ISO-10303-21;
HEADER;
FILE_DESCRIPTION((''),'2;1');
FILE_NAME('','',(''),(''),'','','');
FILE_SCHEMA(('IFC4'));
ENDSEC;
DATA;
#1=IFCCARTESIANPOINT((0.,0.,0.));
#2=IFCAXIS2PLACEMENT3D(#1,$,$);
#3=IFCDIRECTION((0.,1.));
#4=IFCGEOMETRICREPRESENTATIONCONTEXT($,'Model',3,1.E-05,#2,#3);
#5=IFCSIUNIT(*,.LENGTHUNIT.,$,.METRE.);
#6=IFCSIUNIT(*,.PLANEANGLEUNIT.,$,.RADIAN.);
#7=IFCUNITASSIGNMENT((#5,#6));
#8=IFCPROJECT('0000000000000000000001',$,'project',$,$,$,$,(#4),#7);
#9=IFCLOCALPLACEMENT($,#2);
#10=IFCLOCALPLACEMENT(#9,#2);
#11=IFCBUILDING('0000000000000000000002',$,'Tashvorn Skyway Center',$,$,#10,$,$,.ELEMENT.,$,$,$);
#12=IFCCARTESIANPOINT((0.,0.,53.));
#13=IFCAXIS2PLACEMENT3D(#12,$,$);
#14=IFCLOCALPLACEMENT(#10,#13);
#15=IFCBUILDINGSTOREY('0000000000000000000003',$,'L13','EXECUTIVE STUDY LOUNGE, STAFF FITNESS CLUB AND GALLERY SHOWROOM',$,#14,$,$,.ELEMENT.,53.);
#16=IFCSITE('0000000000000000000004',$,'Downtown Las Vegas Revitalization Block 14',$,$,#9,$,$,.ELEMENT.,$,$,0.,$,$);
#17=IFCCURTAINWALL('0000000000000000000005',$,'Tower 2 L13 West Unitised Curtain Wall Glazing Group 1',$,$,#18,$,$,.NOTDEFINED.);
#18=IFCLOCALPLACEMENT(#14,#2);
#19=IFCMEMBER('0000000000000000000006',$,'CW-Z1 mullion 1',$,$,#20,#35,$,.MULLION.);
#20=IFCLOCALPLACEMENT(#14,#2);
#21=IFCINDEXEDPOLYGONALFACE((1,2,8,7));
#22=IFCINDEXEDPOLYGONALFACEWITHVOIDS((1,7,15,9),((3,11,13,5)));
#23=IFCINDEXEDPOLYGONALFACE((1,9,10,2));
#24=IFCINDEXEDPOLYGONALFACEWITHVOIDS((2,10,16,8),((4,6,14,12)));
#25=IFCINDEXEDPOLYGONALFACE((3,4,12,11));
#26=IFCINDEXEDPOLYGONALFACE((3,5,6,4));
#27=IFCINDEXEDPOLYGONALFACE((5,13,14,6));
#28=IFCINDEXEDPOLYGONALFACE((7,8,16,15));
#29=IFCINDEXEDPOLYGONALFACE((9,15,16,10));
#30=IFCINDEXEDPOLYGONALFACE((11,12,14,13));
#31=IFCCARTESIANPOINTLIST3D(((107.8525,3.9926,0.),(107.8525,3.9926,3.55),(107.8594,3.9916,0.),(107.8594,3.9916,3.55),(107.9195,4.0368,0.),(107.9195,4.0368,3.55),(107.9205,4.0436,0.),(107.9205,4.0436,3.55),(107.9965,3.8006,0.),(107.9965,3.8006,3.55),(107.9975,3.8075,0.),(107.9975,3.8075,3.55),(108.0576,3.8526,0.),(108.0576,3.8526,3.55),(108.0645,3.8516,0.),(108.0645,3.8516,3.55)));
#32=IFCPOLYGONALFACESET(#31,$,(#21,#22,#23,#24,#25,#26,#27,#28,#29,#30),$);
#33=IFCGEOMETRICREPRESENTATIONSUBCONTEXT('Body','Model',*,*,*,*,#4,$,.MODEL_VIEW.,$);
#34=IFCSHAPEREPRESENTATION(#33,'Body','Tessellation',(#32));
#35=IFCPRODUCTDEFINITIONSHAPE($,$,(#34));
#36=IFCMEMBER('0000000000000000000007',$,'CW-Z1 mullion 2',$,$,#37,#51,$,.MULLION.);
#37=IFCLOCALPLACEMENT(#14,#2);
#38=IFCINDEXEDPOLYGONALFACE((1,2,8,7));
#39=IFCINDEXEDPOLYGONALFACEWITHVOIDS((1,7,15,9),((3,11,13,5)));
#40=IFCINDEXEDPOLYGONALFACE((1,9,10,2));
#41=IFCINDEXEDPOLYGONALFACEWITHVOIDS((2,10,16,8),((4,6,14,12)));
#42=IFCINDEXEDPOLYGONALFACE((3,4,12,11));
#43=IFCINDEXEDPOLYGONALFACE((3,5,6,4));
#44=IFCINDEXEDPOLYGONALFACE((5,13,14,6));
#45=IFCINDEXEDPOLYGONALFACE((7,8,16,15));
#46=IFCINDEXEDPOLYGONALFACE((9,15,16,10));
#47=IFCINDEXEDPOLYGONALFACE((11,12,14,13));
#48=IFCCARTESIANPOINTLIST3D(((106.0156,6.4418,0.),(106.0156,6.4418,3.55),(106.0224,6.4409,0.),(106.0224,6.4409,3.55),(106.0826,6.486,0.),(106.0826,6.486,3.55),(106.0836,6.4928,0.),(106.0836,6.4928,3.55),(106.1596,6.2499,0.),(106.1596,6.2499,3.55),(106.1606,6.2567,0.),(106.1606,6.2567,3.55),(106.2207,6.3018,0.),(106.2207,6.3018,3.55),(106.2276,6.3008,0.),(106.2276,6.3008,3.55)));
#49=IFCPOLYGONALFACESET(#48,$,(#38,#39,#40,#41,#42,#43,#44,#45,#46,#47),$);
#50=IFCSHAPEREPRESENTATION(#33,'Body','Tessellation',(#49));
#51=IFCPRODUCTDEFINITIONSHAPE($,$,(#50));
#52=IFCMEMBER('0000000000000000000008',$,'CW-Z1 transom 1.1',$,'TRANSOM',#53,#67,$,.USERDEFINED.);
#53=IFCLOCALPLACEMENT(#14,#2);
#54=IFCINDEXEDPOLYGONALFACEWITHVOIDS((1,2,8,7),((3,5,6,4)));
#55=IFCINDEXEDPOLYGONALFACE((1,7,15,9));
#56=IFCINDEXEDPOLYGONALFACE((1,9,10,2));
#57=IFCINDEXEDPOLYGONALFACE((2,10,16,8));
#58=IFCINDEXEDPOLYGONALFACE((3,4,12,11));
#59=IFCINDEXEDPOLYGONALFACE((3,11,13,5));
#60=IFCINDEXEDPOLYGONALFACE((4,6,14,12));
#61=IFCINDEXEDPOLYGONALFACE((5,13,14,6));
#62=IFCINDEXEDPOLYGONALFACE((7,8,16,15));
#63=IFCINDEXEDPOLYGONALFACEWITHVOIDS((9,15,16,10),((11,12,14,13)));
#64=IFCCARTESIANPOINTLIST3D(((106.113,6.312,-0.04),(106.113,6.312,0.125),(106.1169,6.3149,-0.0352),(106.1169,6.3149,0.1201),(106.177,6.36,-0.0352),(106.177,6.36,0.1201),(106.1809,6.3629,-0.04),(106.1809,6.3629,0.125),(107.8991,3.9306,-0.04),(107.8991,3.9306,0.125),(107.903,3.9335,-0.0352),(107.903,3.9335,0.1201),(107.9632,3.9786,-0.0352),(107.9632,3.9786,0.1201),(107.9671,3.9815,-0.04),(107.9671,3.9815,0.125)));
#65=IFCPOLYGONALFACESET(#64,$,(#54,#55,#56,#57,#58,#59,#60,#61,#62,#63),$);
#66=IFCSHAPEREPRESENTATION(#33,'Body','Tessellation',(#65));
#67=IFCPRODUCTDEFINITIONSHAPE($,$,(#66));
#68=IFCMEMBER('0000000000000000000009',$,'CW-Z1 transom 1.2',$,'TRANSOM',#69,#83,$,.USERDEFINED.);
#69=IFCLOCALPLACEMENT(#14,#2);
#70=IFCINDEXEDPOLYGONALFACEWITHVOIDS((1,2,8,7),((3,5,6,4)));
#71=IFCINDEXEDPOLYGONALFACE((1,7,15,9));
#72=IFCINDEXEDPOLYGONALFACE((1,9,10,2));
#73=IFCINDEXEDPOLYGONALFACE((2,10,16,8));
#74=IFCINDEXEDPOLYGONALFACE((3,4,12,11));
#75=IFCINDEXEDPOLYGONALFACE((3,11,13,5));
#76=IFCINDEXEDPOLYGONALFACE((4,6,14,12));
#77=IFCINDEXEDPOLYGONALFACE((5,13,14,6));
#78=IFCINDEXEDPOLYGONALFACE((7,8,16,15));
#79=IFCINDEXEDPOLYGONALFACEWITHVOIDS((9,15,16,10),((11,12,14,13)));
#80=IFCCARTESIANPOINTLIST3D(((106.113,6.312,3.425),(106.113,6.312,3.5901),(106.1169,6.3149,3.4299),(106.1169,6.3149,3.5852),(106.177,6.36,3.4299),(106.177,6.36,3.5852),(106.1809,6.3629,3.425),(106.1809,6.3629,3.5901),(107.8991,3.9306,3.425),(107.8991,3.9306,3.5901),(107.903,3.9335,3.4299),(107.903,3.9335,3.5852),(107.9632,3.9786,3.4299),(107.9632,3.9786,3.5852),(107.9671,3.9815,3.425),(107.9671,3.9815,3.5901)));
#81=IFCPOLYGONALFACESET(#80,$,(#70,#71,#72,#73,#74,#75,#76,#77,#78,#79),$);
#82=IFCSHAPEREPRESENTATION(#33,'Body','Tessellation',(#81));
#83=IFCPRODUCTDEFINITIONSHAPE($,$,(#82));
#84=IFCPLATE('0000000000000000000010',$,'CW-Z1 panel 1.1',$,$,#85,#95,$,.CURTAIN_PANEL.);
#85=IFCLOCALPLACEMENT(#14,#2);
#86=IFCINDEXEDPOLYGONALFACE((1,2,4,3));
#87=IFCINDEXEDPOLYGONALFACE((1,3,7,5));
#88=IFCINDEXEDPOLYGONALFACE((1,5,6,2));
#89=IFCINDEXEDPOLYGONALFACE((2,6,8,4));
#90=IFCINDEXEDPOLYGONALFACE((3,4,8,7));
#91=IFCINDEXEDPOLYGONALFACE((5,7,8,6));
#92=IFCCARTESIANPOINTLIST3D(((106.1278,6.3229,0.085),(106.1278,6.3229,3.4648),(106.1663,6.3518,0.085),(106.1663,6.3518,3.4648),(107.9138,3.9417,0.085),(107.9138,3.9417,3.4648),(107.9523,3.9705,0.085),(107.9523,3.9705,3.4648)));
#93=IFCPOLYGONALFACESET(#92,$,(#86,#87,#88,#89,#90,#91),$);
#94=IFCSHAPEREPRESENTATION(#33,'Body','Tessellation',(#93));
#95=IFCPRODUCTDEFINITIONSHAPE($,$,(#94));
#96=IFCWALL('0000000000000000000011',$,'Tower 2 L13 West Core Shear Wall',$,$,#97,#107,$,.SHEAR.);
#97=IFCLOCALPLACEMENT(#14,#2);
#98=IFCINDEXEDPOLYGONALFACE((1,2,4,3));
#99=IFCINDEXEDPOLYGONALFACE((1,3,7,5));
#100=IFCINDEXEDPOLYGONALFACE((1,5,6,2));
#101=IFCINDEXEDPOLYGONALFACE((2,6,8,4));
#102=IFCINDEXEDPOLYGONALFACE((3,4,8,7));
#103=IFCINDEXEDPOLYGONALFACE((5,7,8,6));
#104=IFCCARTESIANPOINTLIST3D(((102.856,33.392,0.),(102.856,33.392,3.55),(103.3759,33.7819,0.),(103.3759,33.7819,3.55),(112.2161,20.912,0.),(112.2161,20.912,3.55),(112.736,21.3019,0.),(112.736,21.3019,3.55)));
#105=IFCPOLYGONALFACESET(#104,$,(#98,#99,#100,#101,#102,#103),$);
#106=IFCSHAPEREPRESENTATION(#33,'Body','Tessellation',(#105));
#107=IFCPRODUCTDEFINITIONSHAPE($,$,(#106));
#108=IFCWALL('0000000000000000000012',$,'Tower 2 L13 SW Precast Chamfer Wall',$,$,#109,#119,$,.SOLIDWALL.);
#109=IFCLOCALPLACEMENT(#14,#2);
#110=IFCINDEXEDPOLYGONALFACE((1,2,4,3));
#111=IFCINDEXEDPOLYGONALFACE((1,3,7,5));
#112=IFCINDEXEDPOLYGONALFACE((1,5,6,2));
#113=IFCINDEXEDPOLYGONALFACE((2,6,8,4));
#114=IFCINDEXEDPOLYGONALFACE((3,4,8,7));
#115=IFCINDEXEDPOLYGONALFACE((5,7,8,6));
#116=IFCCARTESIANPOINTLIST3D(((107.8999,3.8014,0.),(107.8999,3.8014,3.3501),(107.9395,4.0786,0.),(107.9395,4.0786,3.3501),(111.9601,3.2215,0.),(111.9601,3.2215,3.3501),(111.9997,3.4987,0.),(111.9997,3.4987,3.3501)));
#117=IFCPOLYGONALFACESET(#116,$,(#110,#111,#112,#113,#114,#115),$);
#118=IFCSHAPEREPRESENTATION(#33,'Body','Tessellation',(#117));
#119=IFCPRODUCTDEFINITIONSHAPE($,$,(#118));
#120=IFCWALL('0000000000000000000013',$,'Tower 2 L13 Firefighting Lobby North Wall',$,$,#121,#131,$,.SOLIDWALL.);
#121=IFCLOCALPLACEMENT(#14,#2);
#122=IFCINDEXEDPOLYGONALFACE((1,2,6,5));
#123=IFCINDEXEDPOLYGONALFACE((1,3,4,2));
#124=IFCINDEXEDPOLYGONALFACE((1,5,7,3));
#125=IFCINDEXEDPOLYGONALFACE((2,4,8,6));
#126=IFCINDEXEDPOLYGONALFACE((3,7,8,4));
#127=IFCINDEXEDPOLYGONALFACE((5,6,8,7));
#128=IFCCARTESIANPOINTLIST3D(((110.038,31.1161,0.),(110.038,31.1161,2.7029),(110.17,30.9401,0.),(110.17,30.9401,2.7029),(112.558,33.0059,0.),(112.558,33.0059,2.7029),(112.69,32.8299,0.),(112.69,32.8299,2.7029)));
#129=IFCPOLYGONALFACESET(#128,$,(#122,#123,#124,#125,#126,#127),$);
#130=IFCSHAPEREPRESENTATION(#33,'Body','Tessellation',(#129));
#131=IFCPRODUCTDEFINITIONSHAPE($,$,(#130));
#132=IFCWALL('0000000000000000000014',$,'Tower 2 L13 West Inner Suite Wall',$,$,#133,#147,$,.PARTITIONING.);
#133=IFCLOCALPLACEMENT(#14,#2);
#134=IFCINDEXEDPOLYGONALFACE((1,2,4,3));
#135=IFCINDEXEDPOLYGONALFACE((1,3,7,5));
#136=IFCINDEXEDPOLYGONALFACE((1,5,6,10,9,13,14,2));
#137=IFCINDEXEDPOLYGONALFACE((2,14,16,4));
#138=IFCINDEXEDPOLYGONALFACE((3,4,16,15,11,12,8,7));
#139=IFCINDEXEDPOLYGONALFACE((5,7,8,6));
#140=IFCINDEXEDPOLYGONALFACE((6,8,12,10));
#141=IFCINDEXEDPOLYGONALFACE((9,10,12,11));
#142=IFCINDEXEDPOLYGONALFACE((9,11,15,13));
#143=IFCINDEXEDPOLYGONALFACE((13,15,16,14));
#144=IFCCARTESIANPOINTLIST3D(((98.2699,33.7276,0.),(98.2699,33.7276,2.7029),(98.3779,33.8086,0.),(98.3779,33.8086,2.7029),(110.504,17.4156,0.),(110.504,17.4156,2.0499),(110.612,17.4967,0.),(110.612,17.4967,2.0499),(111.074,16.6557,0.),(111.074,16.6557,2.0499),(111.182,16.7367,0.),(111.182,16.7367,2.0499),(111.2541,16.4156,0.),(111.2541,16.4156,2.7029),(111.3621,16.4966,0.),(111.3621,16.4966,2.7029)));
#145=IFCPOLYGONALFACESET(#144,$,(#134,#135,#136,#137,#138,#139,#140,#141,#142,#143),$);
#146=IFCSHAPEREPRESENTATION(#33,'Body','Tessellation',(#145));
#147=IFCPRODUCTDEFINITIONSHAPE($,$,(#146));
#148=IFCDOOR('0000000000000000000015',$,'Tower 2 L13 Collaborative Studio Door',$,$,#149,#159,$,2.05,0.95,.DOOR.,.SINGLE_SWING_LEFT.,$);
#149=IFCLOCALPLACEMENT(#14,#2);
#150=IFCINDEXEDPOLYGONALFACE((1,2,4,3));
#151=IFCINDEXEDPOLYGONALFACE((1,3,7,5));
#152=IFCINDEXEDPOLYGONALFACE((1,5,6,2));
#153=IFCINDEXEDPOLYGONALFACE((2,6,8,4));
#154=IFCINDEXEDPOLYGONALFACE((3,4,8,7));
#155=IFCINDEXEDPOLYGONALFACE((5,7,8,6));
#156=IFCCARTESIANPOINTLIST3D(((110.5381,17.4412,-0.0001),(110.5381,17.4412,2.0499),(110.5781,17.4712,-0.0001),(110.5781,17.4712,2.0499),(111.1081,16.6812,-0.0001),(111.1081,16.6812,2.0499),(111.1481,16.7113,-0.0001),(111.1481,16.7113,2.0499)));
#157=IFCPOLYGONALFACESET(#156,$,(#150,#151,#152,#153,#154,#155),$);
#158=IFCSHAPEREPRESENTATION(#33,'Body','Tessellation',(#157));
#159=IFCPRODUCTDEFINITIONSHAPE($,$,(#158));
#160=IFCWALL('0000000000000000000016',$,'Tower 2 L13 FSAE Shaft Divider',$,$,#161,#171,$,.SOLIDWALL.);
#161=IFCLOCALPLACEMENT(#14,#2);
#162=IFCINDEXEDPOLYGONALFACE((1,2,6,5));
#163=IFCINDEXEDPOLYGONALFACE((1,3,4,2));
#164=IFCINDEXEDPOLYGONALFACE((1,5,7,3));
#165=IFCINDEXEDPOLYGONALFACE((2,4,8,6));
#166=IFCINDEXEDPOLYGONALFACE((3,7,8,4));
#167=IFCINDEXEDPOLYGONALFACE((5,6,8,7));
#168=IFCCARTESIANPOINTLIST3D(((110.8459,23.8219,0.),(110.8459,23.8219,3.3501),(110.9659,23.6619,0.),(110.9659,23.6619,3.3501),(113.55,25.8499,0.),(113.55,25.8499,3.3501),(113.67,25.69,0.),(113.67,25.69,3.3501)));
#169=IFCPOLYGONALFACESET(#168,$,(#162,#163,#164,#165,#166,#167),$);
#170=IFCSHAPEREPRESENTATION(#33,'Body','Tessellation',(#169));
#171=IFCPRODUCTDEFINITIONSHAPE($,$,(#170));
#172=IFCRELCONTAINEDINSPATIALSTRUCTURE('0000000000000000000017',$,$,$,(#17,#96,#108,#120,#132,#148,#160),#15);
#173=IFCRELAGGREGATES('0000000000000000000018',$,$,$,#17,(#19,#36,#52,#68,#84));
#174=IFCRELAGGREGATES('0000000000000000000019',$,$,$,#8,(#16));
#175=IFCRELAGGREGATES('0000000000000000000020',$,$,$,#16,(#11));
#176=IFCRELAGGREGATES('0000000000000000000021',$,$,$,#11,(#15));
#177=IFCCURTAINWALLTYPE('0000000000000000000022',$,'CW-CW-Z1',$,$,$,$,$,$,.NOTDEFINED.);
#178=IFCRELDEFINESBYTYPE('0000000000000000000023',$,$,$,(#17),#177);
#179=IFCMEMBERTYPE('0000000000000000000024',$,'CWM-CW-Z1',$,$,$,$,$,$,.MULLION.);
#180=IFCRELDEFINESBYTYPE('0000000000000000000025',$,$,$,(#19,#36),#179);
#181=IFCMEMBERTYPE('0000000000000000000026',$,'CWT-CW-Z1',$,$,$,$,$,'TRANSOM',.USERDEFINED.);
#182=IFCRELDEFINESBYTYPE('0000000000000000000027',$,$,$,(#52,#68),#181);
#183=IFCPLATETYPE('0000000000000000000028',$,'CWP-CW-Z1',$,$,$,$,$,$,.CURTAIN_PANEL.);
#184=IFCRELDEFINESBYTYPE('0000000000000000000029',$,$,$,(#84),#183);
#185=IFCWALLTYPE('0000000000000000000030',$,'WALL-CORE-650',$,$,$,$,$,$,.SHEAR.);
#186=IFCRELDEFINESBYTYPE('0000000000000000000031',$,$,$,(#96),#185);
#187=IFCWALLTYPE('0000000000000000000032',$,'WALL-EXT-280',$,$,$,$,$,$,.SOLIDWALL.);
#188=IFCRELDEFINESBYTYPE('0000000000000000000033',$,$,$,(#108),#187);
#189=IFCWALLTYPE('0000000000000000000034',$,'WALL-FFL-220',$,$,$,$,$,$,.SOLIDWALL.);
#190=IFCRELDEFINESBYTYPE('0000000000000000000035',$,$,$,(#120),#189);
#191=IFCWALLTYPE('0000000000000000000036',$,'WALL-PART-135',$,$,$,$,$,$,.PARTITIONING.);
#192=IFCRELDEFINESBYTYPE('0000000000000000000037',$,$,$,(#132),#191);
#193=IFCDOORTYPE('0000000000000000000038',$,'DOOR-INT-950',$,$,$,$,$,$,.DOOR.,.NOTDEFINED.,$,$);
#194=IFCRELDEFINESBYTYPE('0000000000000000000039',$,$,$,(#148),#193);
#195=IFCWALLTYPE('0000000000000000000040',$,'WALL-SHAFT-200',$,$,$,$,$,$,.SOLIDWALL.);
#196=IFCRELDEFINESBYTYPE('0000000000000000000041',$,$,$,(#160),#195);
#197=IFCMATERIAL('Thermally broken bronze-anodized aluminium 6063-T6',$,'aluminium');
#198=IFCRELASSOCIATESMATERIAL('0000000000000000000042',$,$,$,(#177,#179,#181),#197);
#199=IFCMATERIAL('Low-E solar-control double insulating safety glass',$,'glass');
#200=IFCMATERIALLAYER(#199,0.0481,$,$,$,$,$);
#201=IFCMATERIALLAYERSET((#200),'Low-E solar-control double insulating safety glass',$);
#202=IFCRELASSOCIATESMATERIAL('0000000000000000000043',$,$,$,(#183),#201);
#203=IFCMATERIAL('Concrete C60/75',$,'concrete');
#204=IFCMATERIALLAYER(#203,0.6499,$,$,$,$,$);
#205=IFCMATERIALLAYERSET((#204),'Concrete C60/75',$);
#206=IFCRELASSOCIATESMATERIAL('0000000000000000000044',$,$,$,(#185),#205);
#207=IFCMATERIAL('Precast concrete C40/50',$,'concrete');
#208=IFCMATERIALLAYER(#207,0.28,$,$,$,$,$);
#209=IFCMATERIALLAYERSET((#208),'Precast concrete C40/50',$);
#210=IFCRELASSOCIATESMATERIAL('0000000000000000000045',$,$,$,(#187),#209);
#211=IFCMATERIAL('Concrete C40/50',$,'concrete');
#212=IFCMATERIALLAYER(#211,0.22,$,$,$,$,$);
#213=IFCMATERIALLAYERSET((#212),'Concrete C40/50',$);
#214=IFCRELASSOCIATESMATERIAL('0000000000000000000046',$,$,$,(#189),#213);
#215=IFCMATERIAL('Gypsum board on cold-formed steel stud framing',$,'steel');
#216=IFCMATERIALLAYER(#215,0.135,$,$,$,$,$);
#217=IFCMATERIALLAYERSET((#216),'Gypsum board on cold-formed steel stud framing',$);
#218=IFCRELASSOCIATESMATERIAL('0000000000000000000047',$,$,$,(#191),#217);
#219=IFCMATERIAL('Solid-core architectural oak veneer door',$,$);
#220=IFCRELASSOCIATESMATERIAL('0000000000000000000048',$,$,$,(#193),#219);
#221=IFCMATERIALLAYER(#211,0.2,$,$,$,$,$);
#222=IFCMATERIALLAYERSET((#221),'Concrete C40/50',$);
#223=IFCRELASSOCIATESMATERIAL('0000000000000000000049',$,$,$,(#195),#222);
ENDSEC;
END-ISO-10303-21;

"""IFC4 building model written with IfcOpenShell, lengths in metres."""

from ifc_helpers import new_model, si_unit, direction, frame, frame_2d, origin, origin_2d, place, context, subcontext, project, spatial, rectangle, hollow_rectangle, extrude, material, layer, layer_set, material_profile, profile_set, type_object, element, fill, aggregate, save


model = new_model("IFC4")

# Units and contexts
model_context = context("Model", 3, precision=1e-05, world=origin(), true_north=direction((0.0, 1.0)))
body_context = subcontext(model_context, "Body", "Model", "MODEL_VIEW")
ifc_project = project(units=[si_unit("LENGTHUNIT", "METRE"), si_unit("PLANEANGLEUNIT", "RADIAN")], contexts=[model_context])

# Site, building, storey
site_placement = place(None, origin())
site = spatial("IfcSite", under=ifc_project, at=site_placement, Name="Downtown Las Vegas Revitalization Block 14", CompositionType="ELEMENT", RefElevation=0.0)
building_placement = place(site_placement, origin())
building = spatial("IfcBuilding", under=site, at=building_placement, Name="Tashvorn Skyway Center", CompositionType="ELEMENT")
storey_placement = place(building_placement, frame((0.0, 0.0, 53.0)))
storey = spatial("IfcBuildingStorey", under=building, at=storey_placement, Name="L13", Description="EXECUTIVE STUDY LOUNGE, STAFF FITNESS CLUB AND GALLERY SHOWROOM", CompositionType="ELEMENT", Elevation=53.0)

# Shared definitions
ifc_material_1 = material(Name="Concrete C60/75", Category="concrete")

# Curtain wall, members, plate
ifc_material_2 = material(Name="Thermally broken bronze-anodized aluminium 6063-T6", Category="aluminium")
curtain_wall_type = type_object("IfcCurtainWallType", Name="CW-CW-Z1", PredefinedType="NOTDEFINED", material=ifc_material_2)
curtain_wall_placement = place(storey_placement, origin())
curtain_wall = element("IfcCurtainWall", 1, at=curtain_wall_placement, inside=storey, type_object=curtain_wall_type, Name="Tower 2 L13 West Unitised Curtain Wall Glazing Group 1", PredefinedType="NOTDEFINED")
ifc_material_profile_1 = material_profile(ifc_material_2, hollow_rectangle(XDim=0.085, YDim=0.24, WallThickness=0.0049, at=origin_2d()), Name="ALU-MULL-85x240")
ifc_profile_set_1 = profile_set([ifc_material_profile_1], Name="Thermally broken bronze-anodized aluminium 6063-T6")
member_type_1 = type_object("IfcMemberType", Name="CWM-CW-Z1", PredefinedType="MULLION", material=ifc_profile_set_1)
member_1_placement = place(storey_placement, frame((107.9585, 3.9221, 0.0), z_axis=(0.0, 0.0, 1.0), x_axis=(-0.799996, -0.600005, 0.0)))
member_1 = element("IfcMember", 2, at=member_1_placement, type_object=member_type_1, Name="CW-Z1 mullion 1", PredefinedType="MULLION", context=body_context, shape_type="SweptSolid", body=[
    extrude(hollow_rectangle(XDim=0.085, YDim=0.24, WallThickness=0.0049, at=origin_2d()), origin(), (0.0, 0.0, 1.0), 3.55),
])
member_2_placement = place(storey_placement, frame((106.1216, 6.3713, 0.0), z_axis=(0.0, 0.0, 1.0), x_axis=(-0.799996, -0.600005, 0.0)))
member_2 = element("IfcMember", 3, at=member_2_placement, type_object=member_type_1, Name="CW-Z1 mullion 2", PredefinedType="MULLION", context=body_context, shape_type="SweptSolid", body=[
    extrude(hollow_rectangle(XDim=0.085, YDim=0.24, WallThickness=0.0049, at=origin_2d()), origin(), (0.0, 0.0, 1.0), 3.55),
])
ifc_material_profile_2 = material_profile(ifc_material_2, hollow_rectangle(XDim=0.085, YDim=0.165, WallThickness=0.0049, at=origin_2d()), Name="ALU-TRAN-85x165")
ifc_profile_set_2 = profile_set([ifc_material_profile_2], Name="Thermally broken bronze-anodized aluminium 6063-T6")
member_type_2 = type_object("IfcMemberType", Name="CWT-CW-Z1", ElementType="TRANSOM", PredefinedType="USERDEFINED", material=ifc_profile_set_2)
member_3_placement = place(storey_placement, frame((107.9331, 3.9561, 0.0425), z_axis=(-0.600026, 0.79998, 0.0), x_axis=(-0.79998, -0.600026, 0.0)))
member_3 = element("IfcMember", 4, at=member_3_placement, type_object=member_type_2, Name="CW-Z1 transom 1.1", ObjectType="TRANSOM", PredefinedType="USERDEFINED", context=body_context, shape_type="SweptSolid", body=[
    extrude(hollow_rectangle(XDim=0.085, YDim=0.165, WallThickness=0.0049, at=origin_2d()), origin(), (0.0, 0.0, 1.0), 2.9768),
])
member_4_placement = place(storey_placement, frame((107.9331, 3.9561, 3.5076), z_axis=(-0.600026, 0.79998, 0.0), x_axis=(-0.79998, -0.600026, 0.0)))
member_4 = element("IfcMember", 5, at=member_4_placement, type_object=member_type_2, Name="CW-Z1 transom 1.2", ObjectType="TRANSOM", PredefinedType="USERDEFINED", context=body_context, shape_type="SweptSolid", body=[
    extrude(hollow_rectangle(XDim=0.085, YDim=0.165, WallThickness=0.0049, at=origin_2d()), origin(), (0.0, 0.0, 1.0), 2.9768),
])
ifc_material_3 = material(Name="Low-E solar-control double insulating safety glass", Category="glass")
ifc_layer_1 = layer(ifc_material_3, 0.0481)
ifc_layer_set_1 = layer_set([ifc_layer_1], Name="Low-E solar-control double insulating safety glass")
plate_type = type_object("IfcPlateType", Name="CWP-CW-Z1", PredefinedType="CURTAIN_PANEL", material=ifc_layer_set_1)
plate_placement = place(storey_placement, frame((107.04, 5.1467, 0.085), z_axis=(0.0, 0.0, 1.0), x_axis=(-0.600005, 0.799996, 0.0)))
plate = element("IfcPlate", 6, at=plate_placement, type_object=plate_type, Name="CW-Z1 panel 1.1", PredefinedType="CURTAIN_PANEL", context=body_context, shape_type="SweptSolid", body=[
    extrude(rectangle(XDim=2.9766, YDim=0.0481, at=origin_2d()), origin(), (0.0, 0.0, 1.0), 3.3799),
])
aggregate(curtain_wall, [member_1, member_2, member_3, member_4, plate])

# Walls
ifc_layer_2 = layer(ifc_material_1, 0.6499)
ifc_layer_set_2 = layer_set([ifc_layer_2], Name="Concrete C60/75")
wall_type_1 = type_object("IfcWallType", Name="WALL-CORE-650", PredefinedType="SHEAR", material=ifc_layer_set_2)
wall_1_placement = place(storey_placement, frame((112.4761, 21.1069, 0.0), z_axis=(0.0, 0.0, 1.0), x_axis=(-0.600005, 0.799996, 0.0)))
element("IfcWall", 7, at=wall_1_placement, inside=storey, type_object=wall_type_1, Name="Tower 2 L13 West Core Shear Wall", PredefinedType="SHEAR", context=body_context, shape_type="SweptSolid", body=[
    extrude(rectangle(XDim=15.6001, YDim=0.6499, at=frame_2d((7.8, 0.0))), origin(), (0.0, 0.0, 1.0), 3.55),
])
ifc_material_4 = material(Name="Precast concrete C40/50", Category="concrete")
ifc_layer_3 = layer(ifc_material_4, 0.28)
ifc_layer_set_3 = layer_set([ifc_layer_3], Name="Precast concrete C40/50")
wall_type_2 = type_object("IfcWallType", Name="WALL-EXT-280", PredefinedType="SOLIDWALL", material=ifc_layer_set_3)
wall_2_placement = place(storey_placement, frame((111.98, 3.3601, 0.0), z_axis=(0.0, 0.0, 1.0), x_axis=(-0.989955, 0.14138, 0.0)))
element("IfcWall", 8, at=wall_2_placement, inside=storey, type_object=wall_type_2, Name="Tower 2 L13 SW Precast Chamfer Wall", PredefinedType="SOLIDWALL", context=body_context, shape_type="SweptSolid", body=[
    extrude(rectangle(XDim=4.1013, YDim=0.28, at=frame_2d((2.0508, 0.0))), origin(), (0.0, 0.0, 1.0), 3.3501),
])
ifc_material_5 = material(Name="Concrete C40/50", Category="concrete")
ifc_layer_4 = layer(ifc_material_5, 0.22)
ifc_layer_set_4 = layer_set([ifc_layer_4], Name="Concrete C40/50")
wall_type_3 = type_object("IfcWallType", Name="WALL-FFL-220", PredefinedType="SOLIDWALL", material=ifc_layer_set_4)
wall_3_placement = place(storey_placement, frame((110.104, 31.0281, 0.0), z_axis=(0.0, 0.0, 1.0), x_axis=(0.800019, 0.599975, 0.0)))
element("IfcWall", 9, at=wall_3_placement, inside=storey, type_object=wall_type_3, Name="Tower 2 L13 Firefighting Lobby North Wall", PredefinedType="SOLIDWALL", context=body_context, shape_type="SweptSolid", body=[
    extrude(rectangle(XDim=3.1499, YDim=0.22, at=frame_2d((1.575, 0.0))), origin(), (0.0, 0.0, 1.0), 2.7029),
])

# Wall, opening, door
ifc_material_6 = material(Name="Gypsum board on cold-formed steel stud framing", Category="steel")
ifc_layer_5 = layer(ifc_material_6, 0.135)
ifc_layer_set_5 = layer_set([ifc_layer_5], Name="Gypsum board on cold-formed steel stud framing")
wall_type_4 = type_object("IfcWallType", Name="WALL-PART-135", PredefinedType="PARTITIONING", material=ifc_layer_set_5)
wall_4_placement = place(storey_placement, frame((111.3081, 16.4561, 0.0), z_axis=(0.0, 0.0, 1.0), x_axis=(-0.600004, 0.799997, 0.0)))
wall_4 = element("IfcWall", 10, at=wall_4_placement, inside=storey, type_object=wall_type_4, Name="Tower 2 L13 West Inner Suite Wall", PredefinedType="PARTITIONING", context=body_context, shape_type="SweptSolid", body=[
    extrude(rectangle(XDim=21.6401, YDim=0.135, at=frame_2d((10.8201, 0.0))), origin(), (0.0, 0.0, 1.0), 2.7029),
])
opening_1_placement = place(wall_4_placement, frame((0.3, 0.0, 0.0)))
opening_1 = element("IfcOpeningElement", 11, at=opening_1_placement, cuts=wall_4, PredefinedType="OPENING", context=body_context, shape_type="SweptSolid", body=[
    extrude(rectangle(XDim=0.95, YDim=2.05, at=frame_2d((0.4751, 1.0249))), frame((0.0, 0.0774, 0.0), z_axis=(0.0, -1.0, 0.0), x_axis=(1.0, 0.0, 0.0)), (0.0, 0.0, 1.0), 0.155),
])
ifc_material_7 = material(Name="Solid-core architectural oak veneer door")
door_type_1 = type_object("IfcDoorType", Name="DOOR-INT-950", OperationType="NOTDEFINED", PredefinedType="DOOR", material=ifc_material_7)
door_1_placement = place(opening_1_placement, origin())
door_1 = element("IfcDoor", 12, at=door_1_placement, inside=storey, type_object=door_type_1, Name="Tower 2 L13 Collaborative Studio Door", OperationType="SINGLE_SWING_LEFT", OverallHeight=2.05, OverallWidth=0.95, PredefinedType="DOOR", context=body_context, shape_type="SweptSolid", body=[
    extrude(rectangle(XDim=0.95, YDim=2.05, at=frame_2d((0.4751, 1.0249))), frame((0.0, 0.0249, 0.0), z_axis=(0.0, -1.0, 0.0), x_axis=(1.0, 0.0, 0.0)), (0.0, 0.0, 1.0), 0.05),
])
fill(opening_1, door_1)

# Wall
ifc_layer_6 = layer(ifc_material_5, 0.2)
ifc_layer_set_6 = layer_set([ifc_layer_6], Name="Concrete C40/50")
wall_type_5 = type_object("IfcWallType", Name="WALL-SHAFT-200", PredefinedType="SOLIDWALL", material=ifc_layer_set_6)
for number, where, z_axis, x_axis, name in (
    (13, (110.906, 23.7419, 0.0), (0.0, 0.0, 1.0), (0.8, 0.6, 0.0), "Tower 2 L13 FSAE Shaft Divider"),
):
    element("IfcWall", number, at=place(storey_placement, frame(where, z_axis=z_axis, x_axis=x_axis)), inside=storey, type_object=wall_type_5, Name=name, PredefinedType="SOLIDWALL", context=body_context, shape_type="SweptSolid", body=[
        extrude(rectangle(XDim=3.3801, YDim=0.2, at=frame_2d((1.6899, 0.0))), origin(), (0.0, 0.0, 1.0), 3.3501),
    ])

save(model, "model.ifc")
